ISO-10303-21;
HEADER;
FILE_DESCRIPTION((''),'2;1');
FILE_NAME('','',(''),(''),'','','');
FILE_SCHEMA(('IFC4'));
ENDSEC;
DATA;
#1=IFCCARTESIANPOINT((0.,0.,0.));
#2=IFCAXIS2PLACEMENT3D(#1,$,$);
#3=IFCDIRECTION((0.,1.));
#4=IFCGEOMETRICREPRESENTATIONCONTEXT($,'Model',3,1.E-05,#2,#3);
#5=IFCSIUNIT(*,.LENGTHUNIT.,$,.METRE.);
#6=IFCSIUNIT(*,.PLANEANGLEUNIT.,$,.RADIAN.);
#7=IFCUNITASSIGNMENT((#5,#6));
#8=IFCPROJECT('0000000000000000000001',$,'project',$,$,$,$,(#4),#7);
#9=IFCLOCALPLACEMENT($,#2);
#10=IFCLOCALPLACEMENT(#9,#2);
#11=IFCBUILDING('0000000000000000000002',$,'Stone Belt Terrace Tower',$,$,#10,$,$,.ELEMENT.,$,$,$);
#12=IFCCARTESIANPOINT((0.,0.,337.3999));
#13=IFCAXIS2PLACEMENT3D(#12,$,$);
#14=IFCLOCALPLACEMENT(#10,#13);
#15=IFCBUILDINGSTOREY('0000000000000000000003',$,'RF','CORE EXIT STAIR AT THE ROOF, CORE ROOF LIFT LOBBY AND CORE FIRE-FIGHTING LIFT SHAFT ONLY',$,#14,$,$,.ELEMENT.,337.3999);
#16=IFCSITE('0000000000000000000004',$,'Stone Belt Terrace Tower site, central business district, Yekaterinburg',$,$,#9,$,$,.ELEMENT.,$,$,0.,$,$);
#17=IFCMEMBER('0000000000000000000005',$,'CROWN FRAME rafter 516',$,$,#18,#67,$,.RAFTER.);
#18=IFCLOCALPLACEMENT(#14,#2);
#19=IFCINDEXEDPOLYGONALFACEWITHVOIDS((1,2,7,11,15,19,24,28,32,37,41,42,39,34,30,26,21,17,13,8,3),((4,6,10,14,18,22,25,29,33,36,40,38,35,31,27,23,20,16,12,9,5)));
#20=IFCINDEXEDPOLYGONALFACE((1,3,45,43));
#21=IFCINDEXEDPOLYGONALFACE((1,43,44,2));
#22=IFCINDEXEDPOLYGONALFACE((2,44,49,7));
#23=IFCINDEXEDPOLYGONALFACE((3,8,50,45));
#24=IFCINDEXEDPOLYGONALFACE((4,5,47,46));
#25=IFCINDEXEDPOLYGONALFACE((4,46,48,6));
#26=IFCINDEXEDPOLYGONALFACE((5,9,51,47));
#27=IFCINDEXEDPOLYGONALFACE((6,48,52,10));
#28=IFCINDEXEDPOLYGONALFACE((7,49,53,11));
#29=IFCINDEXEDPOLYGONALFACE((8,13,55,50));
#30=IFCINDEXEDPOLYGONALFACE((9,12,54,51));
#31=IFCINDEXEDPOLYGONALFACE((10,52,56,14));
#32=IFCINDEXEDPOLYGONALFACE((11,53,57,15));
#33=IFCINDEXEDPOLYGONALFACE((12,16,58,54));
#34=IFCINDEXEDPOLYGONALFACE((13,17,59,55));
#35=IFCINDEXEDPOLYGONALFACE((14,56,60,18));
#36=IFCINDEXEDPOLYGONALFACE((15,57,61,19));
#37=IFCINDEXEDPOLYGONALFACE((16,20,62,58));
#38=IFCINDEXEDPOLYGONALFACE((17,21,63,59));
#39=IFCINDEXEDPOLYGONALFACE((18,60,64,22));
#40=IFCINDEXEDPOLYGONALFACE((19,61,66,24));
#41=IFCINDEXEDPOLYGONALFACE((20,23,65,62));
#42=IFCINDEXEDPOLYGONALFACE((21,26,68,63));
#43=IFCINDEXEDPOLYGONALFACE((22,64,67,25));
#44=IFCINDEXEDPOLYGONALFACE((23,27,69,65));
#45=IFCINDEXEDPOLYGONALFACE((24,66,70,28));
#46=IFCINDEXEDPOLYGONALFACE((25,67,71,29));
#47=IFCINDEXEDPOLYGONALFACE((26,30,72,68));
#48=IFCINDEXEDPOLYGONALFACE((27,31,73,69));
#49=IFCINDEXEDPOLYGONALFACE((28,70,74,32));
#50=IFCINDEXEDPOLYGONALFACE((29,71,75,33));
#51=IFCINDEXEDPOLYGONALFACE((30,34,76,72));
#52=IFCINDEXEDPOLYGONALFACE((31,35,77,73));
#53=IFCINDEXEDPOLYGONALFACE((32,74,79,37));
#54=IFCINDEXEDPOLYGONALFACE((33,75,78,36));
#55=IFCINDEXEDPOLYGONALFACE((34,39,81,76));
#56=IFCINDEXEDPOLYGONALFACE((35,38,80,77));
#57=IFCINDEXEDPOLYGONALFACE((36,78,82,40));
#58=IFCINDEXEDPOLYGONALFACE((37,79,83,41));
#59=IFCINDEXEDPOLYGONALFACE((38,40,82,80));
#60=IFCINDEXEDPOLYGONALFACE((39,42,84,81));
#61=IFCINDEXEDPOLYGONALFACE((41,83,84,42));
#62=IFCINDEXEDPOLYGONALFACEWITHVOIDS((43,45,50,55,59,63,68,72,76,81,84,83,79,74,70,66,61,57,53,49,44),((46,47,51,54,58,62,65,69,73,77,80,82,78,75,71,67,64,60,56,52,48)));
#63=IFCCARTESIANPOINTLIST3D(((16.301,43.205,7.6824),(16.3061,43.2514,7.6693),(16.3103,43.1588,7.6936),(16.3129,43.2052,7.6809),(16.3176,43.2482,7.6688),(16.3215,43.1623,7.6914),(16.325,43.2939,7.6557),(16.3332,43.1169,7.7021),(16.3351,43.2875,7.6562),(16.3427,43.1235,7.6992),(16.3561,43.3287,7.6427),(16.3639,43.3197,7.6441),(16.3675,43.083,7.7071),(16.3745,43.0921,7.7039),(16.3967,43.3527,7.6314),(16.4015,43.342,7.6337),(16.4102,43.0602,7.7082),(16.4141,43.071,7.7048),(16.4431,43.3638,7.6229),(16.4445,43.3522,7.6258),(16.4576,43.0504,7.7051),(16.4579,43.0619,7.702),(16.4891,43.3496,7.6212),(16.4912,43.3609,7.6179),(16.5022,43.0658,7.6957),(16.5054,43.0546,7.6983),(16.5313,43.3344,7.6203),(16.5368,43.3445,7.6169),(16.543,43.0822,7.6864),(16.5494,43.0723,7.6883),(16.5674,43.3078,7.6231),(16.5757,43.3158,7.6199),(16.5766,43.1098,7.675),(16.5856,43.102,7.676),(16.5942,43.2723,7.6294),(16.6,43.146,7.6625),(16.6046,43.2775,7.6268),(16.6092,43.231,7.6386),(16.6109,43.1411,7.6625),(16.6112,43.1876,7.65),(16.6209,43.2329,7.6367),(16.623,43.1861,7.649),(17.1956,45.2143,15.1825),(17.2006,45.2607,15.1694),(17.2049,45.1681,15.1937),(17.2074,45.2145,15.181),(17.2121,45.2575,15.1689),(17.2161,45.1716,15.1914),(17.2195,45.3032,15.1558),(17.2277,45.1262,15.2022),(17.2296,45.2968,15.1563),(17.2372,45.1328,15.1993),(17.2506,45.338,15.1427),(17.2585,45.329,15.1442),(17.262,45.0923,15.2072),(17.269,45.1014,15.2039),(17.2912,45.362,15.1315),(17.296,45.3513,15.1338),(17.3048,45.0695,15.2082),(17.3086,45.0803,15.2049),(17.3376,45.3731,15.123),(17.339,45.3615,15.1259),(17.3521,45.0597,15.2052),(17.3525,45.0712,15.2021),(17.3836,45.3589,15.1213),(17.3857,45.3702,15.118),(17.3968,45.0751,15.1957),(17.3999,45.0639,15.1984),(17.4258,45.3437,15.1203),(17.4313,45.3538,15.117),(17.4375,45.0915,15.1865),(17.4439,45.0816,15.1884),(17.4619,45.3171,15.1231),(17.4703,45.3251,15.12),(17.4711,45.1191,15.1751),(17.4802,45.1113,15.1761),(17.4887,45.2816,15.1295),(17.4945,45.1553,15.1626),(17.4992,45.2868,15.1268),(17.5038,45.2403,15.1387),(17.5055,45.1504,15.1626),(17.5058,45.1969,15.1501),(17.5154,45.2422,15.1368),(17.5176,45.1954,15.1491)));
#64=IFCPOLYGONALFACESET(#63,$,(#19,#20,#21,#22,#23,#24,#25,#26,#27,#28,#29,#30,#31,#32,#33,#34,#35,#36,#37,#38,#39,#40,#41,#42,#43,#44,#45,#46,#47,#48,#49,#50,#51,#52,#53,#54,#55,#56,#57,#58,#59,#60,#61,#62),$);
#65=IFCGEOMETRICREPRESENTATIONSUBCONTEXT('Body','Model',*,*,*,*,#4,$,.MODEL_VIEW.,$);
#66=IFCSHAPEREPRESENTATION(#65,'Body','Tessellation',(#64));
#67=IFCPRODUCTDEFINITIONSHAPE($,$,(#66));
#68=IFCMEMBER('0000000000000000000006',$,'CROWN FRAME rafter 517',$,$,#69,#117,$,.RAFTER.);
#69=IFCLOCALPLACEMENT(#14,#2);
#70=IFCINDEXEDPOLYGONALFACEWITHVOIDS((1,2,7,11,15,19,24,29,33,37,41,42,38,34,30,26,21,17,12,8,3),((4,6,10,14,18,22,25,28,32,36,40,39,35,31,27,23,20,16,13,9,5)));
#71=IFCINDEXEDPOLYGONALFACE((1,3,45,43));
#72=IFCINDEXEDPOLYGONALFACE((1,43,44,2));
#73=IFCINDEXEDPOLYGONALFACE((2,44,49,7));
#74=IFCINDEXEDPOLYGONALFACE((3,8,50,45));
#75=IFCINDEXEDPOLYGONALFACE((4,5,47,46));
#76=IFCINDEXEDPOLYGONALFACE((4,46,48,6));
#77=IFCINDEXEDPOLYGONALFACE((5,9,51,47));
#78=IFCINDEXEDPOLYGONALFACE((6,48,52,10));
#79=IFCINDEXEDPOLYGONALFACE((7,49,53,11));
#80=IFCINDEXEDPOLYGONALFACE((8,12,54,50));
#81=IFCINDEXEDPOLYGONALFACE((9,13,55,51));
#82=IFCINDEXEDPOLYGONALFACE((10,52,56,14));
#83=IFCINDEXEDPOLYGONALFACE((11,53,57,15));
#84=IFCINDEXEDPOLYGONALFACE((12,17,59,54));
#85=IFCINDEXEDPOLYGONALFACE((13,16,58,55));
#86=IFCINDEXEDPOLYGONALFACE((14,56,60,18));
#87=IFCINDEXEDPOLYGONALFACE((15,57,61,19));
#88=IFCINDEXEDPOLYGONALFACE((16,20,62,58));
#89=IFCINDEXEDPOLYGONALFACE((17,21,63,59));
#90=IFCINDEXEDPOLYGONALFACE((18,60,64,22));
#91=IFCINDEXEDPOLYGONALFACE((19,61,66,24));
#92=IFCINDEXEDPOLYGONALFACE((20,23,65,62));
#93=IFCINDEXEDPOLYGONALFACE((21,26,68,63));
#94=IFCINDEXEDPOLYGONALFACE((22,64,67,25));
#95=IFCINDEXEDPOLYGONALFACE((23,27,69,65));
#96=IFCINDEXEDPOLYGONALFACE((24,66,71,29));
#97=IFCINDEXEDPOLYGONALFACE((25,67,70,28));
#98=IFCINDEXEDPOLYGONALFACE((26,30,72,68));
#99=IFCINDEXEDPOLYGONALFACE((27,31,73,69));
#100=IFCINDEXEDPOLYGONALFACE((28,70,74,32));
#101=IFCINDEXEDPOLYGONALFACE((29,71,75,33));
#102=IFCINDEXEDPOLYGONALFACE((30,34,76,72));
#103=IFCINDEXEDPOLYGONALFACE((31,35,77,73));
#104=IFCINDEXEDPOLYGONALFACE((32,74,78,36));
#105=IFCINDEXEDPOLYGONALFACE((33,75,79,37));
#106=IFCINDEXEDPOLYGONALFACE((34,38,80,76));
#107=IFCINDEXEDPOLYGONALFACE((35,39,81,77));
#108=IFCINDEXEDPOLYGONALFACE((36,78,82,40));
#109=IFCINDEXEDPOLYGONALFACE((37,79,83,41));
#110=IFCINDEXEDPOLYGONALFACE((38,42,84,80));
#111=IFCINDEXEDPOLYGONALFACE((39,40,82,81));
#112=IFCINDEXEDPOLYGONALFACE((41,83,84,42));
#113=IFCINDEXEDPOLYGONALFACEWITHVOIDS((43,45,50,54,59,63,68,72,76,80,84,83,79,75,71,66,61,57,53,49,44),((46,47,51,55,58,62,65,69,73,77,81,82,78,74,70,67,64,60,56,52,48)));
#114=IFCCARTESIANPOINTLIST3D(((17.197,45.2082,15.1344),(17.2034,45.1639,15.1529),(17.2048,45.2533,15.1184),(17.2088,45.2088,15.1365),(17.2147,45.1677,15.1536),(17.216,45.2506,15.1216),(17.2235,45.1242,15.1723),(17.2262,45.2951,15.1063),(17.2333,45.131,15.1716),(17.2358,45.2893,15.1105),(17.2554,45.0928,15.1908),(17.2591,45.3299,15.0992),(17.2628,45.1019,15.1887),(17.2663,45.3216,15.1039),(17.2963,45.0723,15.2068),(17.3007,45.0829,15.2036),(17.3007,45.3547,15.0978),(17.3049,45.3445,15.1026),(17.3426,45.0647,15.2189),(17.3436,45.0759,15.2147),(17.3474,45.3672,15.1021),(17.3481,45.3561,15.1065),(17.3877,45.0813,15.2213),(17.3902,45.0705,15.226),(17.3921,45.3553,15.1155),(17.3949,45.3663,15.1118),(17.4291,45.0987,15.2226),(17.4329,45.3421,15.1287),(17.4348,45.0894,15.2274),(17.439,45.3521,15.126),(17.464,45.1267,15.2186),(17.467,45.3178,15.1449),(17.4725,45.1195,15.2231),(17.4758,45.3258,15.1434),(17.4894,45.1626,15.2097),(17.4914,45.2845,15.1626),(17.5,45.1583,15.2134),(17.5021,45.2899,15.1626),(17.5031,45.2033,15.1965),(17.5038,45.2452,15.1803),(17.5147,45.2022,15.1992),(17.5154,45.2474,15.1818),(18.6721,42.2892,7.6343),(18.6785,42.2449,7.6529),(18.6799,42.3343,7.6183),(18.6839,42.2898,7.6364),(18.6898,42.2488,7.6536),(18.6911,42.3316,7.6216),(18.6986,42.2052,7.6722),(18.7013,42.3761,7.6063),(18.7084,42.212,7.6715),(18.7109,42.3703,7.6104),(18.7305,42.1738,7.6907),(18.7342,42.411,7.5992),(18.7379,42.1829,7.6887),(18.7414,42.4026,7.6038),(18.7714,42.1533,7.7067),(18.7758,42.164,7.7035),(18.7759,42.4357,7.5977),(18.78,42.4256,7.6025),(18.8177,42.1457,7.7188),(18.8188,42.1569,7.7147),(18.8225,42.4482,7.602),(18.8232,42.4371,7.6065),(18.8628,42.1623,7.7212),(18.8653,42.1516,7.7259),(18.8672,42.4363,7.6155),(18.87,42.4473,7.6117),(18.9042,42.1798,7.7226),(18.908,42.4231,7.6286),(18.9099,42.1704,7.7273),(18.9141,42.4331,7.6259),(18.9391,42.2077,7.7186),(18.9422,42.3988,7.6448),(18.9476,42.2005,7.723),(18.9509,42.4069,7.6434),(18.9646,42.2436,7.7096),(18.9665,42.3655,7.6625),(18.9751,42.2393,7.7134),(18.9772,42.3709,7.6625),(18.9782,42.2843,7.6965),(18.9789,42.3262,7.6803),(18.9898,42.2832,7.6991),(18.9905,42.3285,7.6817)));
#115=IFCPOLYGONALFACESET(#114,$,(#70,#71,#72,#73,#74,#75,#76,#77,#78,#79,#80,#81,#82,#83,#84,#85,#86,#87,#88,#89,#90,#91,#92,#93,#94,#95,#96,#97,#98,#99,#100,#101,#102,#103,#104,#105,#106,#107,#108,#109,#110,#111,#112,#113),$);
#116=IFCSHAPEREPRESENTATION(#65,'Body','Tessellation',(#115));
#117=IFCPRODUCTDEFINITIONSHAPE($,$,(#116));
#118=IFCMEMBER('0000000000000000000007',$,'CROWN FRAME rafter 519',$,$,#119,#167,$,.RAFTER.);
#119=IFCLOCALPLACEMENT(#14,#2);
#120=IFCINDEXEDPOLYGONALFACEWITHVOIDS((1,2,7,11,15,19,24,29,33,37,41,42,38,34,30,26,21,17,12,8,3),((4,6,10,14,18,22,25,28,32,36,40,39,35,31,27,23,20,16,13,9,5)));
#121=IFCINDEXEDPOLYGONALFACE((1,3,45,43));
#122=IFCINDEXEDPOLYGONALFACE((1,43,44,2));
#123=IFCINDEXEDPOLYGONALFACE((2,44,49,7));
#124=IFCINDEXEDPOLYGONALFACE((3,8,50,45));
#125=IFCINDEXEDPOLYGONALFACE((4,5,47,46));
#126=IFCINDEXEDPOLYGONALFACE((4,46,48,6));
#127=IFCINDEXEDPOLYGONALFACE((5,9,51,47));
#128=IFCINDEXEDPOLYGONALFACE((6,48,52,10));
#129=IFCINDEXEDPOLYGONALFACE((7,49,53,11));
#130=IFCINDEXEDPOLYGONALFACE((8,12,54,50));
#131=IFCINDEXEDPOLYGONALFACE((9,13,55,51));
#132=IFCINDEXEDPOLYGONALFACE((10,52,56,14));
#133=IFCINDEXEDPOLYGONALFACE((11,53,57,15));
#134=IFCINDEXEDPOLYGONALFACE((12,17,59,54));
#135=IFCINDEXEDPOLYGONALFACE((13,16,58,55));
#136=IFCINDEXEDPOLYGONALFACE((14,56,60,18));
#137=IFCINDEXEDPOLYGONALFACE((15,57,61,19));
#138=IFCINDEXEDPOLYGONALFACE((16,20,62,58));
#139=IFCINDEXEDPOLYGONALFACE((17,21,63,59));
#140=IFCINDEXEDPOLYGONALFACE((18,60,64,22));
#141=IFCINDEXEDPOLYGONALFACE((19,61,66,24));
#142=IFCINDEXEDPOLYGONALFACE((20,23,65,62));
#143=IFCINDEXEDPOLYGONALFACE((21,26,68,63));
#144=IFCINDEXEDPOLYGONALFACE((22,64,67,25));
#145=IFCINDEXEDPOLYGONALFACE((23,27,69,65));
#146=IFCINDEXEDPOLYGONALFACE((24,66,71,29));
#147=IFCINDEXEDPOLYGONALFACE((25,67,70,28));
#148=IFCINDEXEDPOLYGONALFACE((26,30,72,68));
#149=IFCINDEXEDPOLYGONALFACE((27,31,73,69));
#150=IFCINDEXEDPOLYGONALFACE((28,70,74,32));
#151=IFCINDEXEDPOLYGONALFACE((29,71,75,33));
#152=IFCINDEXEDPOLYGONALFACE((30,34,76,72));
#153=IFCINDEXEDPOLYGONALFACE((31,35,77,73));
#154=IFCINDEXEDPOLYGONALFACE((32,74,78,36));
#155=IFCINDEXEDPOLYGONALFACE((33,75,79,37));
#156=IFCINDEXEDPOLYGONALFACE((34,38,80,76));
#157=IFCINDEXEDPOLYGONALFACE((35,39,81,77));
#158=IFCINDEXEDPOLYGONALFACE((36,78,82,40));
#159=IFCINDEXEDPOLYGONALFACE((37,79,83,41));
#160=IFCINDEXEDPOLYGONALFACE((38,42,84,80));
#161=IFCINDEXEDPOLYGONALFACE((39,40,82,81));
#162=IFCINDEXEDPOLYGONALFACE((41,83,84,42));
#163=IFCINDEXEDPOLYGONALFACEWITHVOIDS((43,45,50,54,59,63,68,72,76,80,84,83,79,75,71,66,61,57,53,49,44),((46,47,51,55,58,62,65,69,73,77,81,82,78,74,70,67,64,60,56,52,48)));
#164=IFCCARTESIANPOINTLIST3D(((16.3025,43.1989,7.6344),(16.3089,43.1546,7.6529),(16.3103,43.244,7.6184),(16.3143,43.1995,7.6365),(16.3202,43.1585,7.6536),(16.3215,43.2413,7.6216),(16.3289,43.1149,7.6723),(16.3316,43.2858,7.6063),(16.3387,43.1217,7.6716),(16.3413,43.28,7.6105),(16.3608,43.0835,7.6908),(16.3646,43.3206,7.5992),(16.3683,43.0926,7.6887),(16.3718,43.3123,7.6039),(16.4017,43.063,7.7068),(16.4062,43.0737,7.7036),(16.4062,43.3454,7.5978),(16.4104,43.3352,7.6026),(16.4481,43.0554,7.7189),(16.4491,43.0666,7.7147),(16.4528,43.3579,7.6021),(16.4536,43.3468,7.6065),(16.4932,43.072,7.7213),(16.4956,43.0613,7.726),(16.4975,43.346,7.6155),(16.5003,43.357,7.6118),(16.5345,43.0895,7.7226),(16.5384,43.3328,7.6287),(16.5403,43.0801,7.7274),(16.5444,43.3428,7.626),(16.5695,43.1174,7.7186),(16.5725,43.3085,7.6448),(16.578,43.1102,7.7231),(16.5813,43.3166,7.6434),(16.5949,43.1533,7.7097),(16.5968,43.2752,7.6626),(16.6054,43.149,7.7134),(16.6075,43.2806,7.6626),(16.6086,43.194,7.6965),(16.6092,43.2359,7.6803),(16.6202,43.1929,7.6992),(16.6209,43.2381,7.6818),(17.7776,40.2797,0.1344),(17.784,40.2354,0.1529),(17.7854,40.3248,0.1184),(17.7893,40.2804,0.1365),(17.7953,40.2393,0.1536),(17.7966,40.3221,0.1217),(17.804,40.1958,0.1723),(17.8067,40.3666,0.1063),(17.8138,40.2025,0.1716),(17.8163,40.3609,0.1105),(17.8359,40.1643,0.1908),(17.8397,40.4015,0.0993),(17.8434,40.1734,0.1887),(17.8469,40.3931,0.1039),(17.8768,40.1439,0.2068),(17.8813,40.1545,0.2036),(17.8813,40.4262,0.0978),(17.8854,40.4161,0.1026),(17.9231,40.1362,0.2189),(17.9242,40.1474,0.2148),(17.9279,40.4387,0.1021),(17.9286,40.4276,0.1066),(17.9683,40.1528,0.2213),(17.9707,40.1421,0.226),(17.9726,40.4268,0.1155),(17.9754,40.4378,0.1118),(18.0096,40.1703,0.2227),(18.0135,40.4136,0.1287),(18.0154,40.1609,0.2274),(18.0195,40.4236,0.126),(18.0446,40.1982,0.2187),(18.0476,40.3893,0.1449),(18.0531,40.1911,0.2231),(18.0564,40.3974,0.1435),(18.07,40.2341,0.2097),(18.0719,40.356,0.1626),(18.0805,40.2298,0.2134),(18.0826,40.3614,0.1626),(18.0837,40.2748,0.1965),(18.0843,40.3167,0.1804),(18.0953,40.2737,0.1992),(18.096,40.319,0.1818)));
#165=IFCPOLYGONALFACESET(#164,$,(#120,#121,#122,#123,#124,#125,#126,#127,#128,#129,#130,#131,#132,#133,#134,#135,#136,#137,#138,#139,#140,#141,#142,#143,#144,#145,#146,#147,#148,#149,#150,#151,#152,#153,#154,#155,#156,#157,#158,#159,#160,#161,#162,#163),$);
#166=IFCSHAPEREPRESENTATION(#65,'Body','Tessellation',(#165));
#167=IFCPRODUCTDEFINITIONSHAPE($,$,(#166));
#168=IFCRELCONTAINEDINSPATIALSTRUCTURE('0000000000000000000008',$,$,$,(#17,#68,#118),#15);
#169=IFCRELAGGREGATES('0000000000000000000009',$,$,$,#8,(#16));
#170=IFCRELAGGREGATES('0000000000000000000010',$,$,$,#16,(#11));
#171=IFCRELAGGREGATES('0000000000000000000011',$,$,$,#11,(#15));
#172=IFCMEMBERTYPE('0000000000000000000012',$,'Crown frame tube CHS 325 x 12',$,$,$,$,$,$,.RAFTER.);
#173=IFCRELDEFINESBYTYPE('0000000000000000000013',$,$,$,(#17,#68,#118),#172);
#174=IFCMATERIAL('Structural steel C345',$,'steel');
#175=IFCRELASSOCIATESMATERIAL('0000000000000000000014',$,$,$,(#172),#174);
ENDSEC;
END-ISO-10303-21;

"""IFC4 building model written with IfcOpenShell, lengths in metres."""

from ifc_helpers import new_model, si_unit, direction, frame, origin, origin_2d, place, context, subcontext, project, spatial, hollow_circle, extrude, material, material_profile, profile_set, type_object, element, save


model = new_model("IFC4")

# Units and contexts
model_context = context("Model", 3, precision=1e-05, world=origin(), true_north=direction((0.0, 1.0)))
body_context = subcontext(model_context, "Body", "Model", "MODEL_VIEW")
ifc_project = project(units=[si_unit("LENGTHUNIT", "METRE"), si_unit("PLANEANGLEUNIT", "RADIAN")], contexts=[model_context])

# Site, building, storey
site_placement = place(None, origin())
site = spatial("IfcSite", under=ifc_project, at=site_placement, Name="Stone Belt Terrace Tower site, central business district, Yekaterinburg", CompositionType="ELEMENT", RefElevation=0.0)
building_placement = place(site_placement, origin())
building = spatial("IfcBuilding", under=site, at=building_placement, Name="Stone Belt Terrace Tower", CompositionType="ELEMENT")
storey_placement = place(building_placement, frame((0.0, 0.0, 337.3999)))
storey = spatial("IfcBuildingStorey", under=building, at=storey_placement, Name="RF", Description="CORE EXIT STAIR AT THE ROOF, CORE ROOF LIFT LOBBY AND CORE FIRE-FIGHTING LIFT SHAFT ONLY", CompositionType="ELEMENT", Elevation=337.3999)

# Members
ifc_material_1 = material(Name="Structural steel C345", Category="steel")
ifc_material_profile_1 = material_profile(ifc_material_1, hollow_circle(Radius=0.1626, WallThickness=0.012, at=origin_2d()), Name="Structural steel C345 CHS 325x12")
ifc_profile_set_1 = profile_set([ifc_material_profile_1], Name="Structural steel C345")
member_type_1 = type_object("IfcMemberType", Name="Crown frame tube CHS 325 x 12", PredefinedType="RAFTER", material=ifc_profile_set_1)
member_1_placement = place(storey_placement, frame((17.3569, 45.2166, 15.1626), z_axis=(-0.114451, -0.257078, -0.95959), x_axis=(0.913555, -0.406715, 0.0)))
element("IfcMember", 1, at=member_1_placement, inside=storey, type_object=member_type_1, Name="CROWN FRAME rafter 516", PredefinedType="RAFTER", context=body_context, shape_type="SweptSolid", body=[
    extrude(hollow_circle(Radius=0.1626, WallThickness=0.012, at=origin_2d()), origin(), (0.0, 0.0, 1.0), 7.8159),
])
for number, where, z_axis, x_axis, name in (
    (2, (17.3569, 45.2166, 15.1626), (0.180284, -0.356749, -0.916639), (0.892508, 0.451032, 0.0), "CROWN FRAME rafter 517"),
    (3, (16.4624, 43.2073, 7.6626), (0.180282, -0.356775, -0.916629), (0.892523, 0.451002, 0.0), "CROWN FRAME rafter 519"),
):
    element("IfcMember", number, at=place(storey_placement, frame(where, z_axis=z_axis, x_axis=x_axis)), inside=storey, type_object=member_type_1, Name=name, PredefinedType="RAFTER", context=body_context, shape_type="SweptSolid", body=[
        extrude(hollow_circle(Radius=0.1626, WallThickness=0.012, at=origin_2d()), origin(), (0.0, 0.0, 1.0), 8.1821),
    ])

save(model, "model.ifc")
